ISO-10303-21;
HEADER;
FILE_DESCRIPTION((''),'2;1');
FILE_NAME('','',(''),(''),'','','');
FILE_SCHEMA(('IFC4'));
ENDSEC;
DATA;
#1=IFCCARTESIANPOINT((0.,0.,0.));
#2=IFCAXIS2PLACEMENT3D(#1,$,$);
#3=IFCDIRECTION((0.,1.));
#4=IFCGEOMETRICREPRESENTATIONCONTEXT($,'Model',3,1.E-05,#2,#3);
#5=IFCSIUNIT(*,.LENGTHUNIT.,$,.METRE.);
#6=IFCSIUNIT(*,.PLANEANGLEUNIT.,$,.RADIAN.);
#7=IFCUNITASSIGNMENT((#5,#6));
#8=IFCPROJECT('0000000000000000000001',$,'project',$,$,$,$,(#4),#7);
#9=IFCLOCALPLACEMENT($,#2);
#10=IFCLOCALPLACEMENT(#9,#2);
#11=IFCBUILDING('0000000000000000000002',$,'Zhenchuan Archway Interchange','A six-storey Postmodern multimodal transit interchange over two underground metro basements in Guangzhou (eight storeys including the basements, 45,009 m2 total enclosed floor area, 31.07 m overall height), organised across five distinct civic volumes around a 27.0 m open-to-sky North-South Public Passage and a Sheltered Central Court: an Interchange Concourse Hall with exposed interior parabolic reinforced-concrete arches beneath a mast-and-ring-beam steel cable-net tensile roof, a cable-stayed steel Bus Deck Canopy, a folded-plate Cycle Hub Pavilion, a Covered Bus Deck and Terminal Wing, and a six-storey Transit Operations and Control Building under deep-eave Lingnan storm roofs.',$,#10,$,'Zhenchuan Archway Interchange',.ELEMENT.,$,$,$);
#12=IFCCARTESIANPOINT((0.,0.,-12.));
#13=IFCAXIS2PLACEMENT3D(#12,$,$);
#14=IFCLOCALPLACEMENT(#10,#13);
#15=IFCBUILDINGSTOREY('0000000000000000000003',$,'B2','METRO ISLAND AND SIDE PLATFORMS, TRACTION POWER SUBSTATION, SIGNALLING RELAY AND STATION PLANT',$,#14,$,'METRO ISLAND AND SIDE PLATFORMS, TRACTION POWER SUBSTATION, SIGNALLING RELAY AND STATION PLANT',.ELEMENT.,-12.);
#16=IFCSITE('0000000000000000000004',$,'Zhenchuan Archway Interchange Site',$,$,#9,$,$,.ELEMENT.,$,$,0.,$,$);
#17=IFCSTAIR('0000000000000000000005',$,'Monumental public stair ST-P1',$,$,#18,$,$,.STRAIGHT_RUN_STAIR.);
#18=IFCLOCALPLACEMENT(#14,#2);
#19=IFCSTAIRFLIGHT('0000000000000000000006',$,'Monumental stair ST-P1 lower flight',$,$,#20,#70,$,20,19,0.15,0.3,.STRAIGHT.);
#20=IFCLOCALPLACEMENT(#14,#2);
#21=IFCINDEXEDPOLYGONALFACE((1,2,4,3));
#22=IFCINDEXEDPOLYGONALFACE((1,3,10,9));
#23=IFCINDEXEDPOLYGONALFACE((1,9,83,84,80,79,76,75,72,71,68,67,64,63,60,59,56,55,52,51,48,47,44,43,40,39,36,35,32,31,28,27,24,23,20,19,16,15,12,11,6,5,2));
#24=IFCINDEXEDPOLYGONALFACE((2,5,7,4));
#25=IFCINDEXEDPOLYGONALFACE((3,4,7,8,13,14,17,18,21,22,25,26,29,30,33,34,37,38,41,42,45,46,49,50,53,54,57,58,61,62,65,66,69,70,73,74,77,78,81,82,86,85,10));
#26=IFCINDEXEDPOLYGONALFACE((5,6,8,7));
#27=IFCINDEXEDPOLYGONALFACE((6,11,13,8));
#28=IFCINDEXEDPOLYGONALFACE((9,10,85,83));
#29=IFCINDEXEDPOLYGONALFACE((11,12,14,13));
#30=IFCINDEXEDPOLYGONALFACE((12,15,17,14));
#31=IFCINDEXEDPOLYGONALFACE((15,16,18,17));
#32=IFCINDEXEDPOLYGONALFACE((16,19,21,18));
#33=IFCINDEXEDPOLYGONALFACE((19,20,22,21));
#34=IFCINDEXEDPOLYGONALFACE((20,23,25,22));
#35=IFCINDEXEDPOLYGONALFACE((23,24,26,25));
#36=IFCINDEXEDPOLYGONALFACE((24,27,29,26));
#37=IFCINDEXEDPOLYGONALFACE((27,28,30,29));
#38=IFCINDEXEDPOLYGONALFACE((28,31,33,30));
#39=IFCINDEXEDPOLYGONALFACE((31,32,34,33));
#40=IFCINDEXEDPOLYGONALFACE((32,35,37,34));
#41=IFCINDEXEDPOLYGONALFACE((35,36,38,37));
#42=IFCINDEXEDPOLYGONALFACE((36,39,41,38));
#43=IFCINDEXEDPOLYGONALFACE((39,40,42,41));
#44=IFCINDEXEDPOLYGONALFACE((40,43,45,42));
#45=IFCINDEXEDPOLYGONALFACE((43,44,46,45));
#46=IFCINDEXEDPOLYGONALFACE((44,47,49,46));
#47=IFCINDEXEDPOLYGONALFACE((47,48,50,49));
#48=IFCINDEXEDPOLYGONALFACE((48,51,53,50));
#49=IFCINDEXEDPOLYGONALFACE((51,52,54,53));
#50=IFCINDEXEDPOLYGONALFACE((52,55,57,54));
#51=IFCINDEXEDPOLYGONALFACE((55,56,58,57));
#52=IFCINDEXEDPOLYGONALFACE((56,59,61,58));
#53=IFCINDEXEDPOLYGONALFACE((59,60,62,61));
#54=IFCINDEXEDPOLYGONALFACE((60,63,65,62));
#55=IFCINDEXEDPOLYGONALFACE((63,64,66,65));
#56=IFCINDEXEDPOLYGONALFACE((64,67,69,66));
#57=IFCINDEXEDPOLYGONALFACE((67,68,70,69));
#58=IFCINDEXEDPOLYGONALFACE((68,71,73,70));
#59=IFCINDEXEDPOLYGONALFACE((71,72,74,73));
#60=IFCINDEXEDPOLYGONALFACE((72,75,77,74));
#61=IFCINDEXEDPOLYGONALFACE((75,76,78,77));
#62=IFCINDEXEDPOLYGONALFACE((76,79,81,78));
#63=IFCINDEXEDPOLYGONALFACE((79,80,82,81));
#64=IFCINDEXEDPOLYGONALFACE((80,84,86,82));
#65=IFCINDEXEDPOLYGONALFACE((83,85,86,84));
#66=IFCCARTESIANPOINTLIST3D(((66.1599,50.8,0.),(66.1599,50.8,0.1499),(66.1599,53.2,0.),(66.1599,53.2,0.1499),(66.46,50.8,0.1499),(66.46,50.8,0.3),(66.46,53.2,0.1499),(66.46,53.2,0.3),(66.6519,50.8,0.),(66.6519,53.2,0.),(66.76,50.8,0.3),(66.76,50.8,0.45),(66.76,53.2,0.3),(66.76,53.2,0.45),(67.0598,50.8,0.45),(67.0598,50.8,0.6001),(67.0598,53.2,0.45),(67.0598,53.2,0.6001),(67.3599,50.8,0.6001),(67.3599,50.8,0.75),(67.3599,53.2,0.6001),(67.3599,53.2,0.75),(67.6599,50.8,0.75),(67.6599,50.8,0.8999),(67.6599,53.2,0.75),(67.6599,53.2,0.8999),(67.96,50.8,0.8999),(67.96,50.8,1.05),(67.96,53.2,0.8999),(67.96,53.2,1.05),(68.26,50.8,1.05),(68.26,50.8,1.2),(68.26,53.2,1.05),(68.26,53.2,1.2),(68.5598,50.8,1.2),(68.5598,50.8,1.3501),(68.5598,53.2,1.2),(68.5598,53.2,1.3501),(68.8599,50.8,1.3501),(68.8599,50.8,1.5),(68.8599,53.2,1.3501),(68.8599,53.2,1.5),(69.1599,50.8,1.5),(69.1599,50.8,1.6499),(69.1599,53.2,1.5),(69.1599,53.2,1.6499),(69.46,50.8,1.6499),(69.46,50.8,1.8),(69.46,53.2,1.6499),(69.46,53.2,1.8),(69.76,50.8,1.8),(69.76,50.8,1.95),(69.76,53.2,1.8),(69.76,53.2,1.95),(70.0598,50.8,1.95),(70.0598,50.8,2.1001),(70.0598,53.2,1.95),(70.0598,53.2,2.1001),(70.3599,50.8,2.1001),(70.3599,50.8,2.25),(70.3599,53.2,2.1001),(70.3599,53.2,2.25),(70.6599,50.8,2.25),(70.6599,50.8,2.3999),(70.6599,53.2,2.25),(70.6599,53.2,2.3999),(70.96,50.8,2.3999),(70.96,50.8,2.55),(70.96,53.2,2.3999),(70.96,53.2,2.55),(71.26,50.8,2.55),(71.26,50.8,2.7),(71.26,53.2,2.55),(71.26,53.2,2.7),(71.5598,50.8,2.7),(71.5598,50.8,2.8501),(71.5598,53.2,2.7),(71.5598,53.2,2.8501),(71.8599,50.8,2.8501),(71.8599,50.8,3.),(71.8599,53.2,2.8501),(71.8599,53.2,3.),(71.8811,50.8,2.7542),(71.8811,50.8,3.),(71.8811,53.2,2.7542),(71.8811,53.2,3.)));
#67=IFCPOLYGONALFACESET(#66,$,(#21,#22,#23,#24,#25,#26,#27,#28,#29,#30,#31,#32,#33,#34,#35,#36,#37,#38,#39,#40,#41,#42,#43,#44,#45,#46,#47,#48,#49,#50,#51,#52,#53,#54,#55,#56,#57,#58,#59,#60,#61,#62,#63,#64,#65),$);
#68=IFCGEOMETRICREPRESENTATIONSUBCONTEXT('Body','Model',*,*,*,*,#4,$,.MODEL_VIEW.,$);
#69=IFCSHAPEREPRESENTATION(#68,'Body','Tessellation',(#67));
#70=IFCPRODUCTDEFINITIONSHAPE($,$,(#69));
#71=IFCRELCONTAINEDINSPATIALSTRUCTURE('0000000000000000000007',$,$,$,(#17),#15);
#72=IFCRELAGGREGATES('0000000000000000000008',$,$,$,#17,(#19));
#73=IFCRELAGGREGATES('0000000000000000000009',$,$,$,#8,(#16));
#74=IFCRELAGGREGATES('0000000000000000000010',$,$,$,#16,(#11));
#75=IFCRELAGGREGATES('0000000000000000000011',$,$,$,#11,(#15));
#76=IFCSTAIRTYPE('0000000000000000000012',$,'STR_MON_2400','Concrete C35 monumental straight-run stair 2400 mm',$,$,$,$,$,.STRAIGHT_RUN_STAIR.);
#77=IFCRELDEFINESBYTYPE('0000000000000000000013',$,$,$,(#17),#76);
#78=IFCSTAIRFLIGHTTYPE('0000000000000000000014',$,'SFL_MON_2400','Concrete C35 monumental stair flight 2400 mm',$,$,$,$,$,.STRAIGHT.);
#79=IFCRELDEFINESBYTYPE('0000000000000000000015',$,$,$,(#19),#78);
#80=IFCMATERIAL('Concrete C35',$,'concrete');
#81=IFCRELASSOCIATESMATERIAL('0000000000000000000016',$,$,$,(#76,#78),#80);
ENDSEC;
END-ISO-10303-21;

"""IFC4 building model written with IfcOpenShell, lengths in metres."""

from ifc_helpers import new_model, si_unit, direction, frame, origin, place, context, subcontext, project, spatial, polyline, outline, extrude, material, type_object, element, aggregate, save


model = new_model("IFC4")

# Units and contexts
model_context = context("Model", 3, precision=1e-05, world=origin(), true_north=direction((0.0, 1.0)))
body_context = subcontext(model_context, "Body", "Model", "MODEL_VIEW")
ifc_project = project(units=[si_unit("LENGTHUNIT", "METRE"), si_unit("PLANEANGLEUNIT", "RADIAN")], contexts=[model_context])

# Site, building, storey
site_placement = place(None, origin())
site = spatial("IfcSite", under=ifc_project, at=site_placement, Name="Zhenchuan Archway Interchange Site", CompositionType="ELEMENT", RefElevation=0.0)
building_placement = place(site_placement, origin())
building = spatial("IfcBuilding", under=site, at=building_placement, Name="Zhenchuan Archway Interchange", Description="A six-storey Postmodern multimodal transit interchange over two underground metro basements in Guangzhou (eight storeys including the basements, 45,009 m2 total enclosed floor area, 31.07 m overall height), organised across five distinct civic volumes around a 27.0 m open-to-sky North-South Public Passage and a Sheltered Central Court: an Interchange Concourse Hall with exposed interior parabolic reinforced-concrete arches beneath a mast-and-ring-beam steel cable-net tensile roof, a cable-stayed steel Bus Deck Canopy, a folded-plate Cycle Hub Pavilion, a Covered Bus Deck and Terminal Wing, and a six-storey Transit Operations and Control Building under deep-eave Lingnan storm roofs.", LongName="Zhenchuan Archway Interchange", CompositionType="ELEMENT")
storey_placement = place(building_placement, frame((0.0, 0.0, -12.0)))
storey = spatial("IfcBuildingStorey", under=building, at=storey_placement, Name="B2", Description="METRO ISLAND AND SIDE PLATFORMS, TRACTION POWER SUBSTATION, SIGNALLING RELAY AND STATION PLANT", LongName="METRO ISLAND AND SIDE PLATFORMS, TRACTION POWER SUBSTATION, SIGNALLING RELAY AND STATION PLANT", CompositionType="ELEMENT", Elevation=-12.0)

# Shared definitions
ifc_material_1 = material(Name="Concrete C35", Category="concrete")

# Stair, stair flight
stair_type = type_object("IfcStairType", Name="STR_MON_2400", Description="Concrete C35 monumental straight-run stair 2400 mm", PredefinedType="STRAIGHT_RUN_STAIR", material=ifc_material_1)
stair_placement = place(storey_placement, origin())
stair = element("IfcStair", 1, at=stair_placement, inside=storey, type_object=stair_type, Name="Monumental public stair ST-P1", PredefinedType="STRAIGHT_RUN_STAIR")
stair_flight_type = type_object("IfcStairFlightType", Name="SFL_MON_2400", Description="Concrete C35 monumental stair flight 2400 mm", PredefinedType="STRAIGHT", material=ifc_material_1)
stair_flight_placement = place(storey_placement, frame((66.1599, 52.0, 0.0), z_axis=(0.0, 0.0, 1.0), x_axis=(1.0, 0.0, 0.0)))
stair_flight = element("IfcStairFlight", 2, at=stair_flight_placement, type_object=stair_flight_type, Name="Monumental stair ST-P1 lower flight", NumberOfRisers=20, NumberOfTreads=19, PredefinedType="STRAIGHT", RiserHeight=0.15, TreadLength=0.3, context=body_context, shape_type="SweptSolid", body=[
    extrude(outline(polyline([(0.0, 0.0), (0.0, 0.1499), (0.3, 0.1499), (0.3, 0.3), (0.6001, 0.3), (0.6001, 0.45), (0.8999, 0.45), (0.8999, 0.6001), (1.2, 0.6001), (1.2, 0.75), (1.5, 0.75), (1.5, 0.8999), (1.8, 0.8999), (1.8, 1.05), (2.1001, 1.05), (2.1001, 1.2), (2.3999, 1.2), (2.3999, 1.3501), (2.7, 1.3501), (2.7, 1.5), (3.0, 1.5), (3.0, 1.6499), (3.3, 1.6499), (3.3, 1.8), (3.6001, 1.8), (3.6001, 1.95), (3.8999, 1.95), (3.8999, 2.1001), (4.2, 2.1001), (4.2, 2.25), (4.5, 2.25), (4.5, 2.3999), (4.8, 2.3999), (4.8, 2.55), (5.1001, 2.55), (5.1001, 2.7), (5.3999, 2.7), (5.3999, 2.8501), (5.7, 2.8501), (5.7, 3.0), (5.7212, 3.0), (5.7212, 2.7542), (0.4919, 0.0), (0.0, 0.0)])), frame((0.0, 1.2, 0.0), z_axis=(0.0, -1.0, 0.0), x_axis=(1.0, 0.0, 0.0)), (0.0, 0.0, 1.0), 2.3999),
])
aggregate(stair, [stair_flight])

save(model, "model.ifc")
